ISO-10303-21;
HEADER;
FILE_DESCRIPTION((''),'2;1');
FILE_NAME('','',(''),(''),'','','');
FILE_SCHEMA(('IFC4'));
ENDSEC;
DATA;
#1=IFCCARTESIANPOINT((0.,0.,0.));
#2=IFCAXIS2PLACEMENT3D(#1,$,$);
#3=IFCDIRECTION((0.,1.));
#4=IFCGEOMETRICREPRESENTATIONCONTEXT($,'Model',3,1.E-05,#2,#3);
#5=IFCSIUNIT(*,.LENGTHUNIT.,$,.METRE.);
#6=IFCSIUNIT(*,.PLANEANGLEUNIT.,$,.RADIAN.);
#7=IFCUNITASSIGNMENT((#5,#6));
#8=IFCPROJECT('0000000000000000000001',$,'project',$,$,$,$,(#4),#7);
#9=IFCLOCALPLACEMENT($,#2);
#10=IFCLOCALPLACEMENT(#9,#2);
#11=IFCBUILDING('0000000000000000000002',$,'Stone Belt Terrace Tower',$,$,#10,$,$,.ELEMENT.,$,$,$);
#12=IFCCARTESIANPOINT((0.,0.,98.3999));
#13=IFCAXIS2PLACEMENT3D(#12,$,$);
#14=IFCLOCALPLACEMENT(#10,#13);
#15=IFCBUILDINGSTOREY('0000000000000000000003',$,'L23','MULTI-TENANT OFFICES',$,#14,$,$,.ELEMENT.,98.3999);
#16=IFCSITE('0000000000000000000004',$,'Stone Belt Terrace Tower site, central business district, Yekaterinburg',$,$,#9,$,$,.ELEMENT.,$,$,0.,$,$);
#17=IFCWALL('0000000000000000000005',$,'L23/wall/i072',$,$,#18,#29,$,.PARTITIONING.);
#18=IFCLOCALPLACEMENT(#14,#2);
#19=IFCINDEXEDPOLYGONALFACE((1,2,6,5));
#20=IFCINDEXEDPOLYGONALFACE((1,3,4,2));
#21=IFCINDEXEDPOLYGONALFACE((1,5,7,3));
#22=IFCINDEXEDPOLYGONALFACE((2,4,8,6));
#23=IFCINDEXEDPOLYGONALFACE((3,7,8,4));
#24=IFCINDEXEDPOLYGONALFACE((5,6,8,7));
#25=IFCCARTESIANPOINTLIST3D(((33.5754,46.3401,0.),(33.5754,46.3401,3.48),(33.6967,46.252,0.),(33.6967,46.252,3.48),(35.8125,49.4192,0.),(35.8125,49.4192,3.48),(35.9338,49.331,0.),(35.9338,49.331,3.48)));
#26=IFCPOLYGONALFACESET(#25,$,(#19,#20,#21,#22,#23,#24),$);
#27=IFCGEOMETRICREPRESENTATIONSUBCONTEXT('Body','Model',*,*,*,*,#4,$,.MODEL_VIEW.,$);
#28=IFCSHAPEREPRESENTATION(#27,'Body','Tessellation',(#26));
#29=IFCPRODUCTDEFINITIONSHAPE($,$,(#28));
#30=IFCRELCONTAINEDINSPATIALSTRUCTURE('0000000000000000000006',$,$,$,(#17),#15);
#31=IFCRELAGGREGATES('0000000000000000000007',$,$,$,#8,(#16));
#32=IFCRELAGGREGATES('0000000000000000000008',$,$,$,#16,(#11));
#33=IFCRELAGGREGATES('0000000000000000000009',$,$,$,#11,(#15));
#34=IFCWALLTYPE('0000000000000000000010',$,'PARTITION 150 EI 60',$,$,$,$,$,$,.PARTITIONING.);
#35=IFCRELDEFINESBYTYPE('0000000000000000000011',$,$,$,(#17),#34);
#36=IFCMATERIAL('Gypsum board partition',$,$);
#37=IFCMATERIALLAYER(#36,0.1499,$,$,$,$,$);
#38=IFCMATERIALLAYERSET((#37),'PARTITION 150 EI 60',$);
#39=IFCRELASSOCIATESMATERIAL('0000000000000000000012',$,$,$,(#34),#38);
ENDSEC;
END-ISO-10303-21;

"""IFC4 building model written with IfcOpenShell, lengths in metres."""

from ifc_helpers import new_model, si_unit, direction, frame, frame_2d, origin, place, context, subcontext, project, spatial, rectangle, extrude, material, layer, layer_set, type_object, element, save


model = new_model("IFC4")

# Units and contexts
model_context = context("Model", 3, precision=1e-05, world=origin(), true_north=direction((0.0, 1.0)))
body_context = subcontext(model_context, "Body", "Model", "MODEL_VIEW")
ifc_project = project(units=[si_unit("LENGTHUNIT", "METRE"), si_unit("PLANEANGLEUNIT", "RADIAN")], contexts=[model_context])

# Site, building, storey
site_placement = place(None, origin())
site = spatial("IfcSite", under=ifc_project, at=site_placement, Name="Stone Belt Terrace Tower site, central business district, Yekaterinburg", CompositionType="ELEMENT", RefElevation=0.0)
building_placement = place(site_placement, origin())
building = spatial("IfcBuilding", under=site, at=building_placement, Name="Stone Belt Terrace Tower", CompositionType="ELEMENT")
storey_placement = place(building_placement, frame((0.0, 0.0, 98.3999)))
storey = spatial("IfcBuildingStorey", under=building, at=storey_placement, Name="L23", Description="MULTI-TENANT OFFICES", CompositionType="ELEMENT", Elevation=98.3999)

# Shared definitions
ifc_material_1 = material(Name="Gypsum board partition")

# Shared definitions
ifc_layer_1 = layer(ifc_material_1, 0.1499)
ifc_layer_set_1 = layer_set([ifc_layer_1], Name="PARTITION 150 EI 60")
wall_type_1 = type_object("IfcWallType", Name="PARTITION 150 EI 60", PredefinedType="PARTITIONING", material=ifc_layer_set_1)

# Wall
wall_1_placement = place(storey_placement, frame((35.873, 49.375, 0.0), z_axis=(0.0, 0.0, 1.0), x_axis=(-0.587779, -0.809022, 0.0)))
element("IfcWall", 1, at=wall_1_placement, inside=storey, type_object=wall_type_1, Name="L23/wall/i072", PredefinedType="PARTITIONING", context=body_context, shape_type="SweptSolid", body=[
    extrude(rectangle(XDim=3.8059, YDim=0.1499, at=frame_2d((1.9028, 0.0))), origin(), (0.0, 0.0, 1.0), 3.48),
])

save(model, "model.ifc")
